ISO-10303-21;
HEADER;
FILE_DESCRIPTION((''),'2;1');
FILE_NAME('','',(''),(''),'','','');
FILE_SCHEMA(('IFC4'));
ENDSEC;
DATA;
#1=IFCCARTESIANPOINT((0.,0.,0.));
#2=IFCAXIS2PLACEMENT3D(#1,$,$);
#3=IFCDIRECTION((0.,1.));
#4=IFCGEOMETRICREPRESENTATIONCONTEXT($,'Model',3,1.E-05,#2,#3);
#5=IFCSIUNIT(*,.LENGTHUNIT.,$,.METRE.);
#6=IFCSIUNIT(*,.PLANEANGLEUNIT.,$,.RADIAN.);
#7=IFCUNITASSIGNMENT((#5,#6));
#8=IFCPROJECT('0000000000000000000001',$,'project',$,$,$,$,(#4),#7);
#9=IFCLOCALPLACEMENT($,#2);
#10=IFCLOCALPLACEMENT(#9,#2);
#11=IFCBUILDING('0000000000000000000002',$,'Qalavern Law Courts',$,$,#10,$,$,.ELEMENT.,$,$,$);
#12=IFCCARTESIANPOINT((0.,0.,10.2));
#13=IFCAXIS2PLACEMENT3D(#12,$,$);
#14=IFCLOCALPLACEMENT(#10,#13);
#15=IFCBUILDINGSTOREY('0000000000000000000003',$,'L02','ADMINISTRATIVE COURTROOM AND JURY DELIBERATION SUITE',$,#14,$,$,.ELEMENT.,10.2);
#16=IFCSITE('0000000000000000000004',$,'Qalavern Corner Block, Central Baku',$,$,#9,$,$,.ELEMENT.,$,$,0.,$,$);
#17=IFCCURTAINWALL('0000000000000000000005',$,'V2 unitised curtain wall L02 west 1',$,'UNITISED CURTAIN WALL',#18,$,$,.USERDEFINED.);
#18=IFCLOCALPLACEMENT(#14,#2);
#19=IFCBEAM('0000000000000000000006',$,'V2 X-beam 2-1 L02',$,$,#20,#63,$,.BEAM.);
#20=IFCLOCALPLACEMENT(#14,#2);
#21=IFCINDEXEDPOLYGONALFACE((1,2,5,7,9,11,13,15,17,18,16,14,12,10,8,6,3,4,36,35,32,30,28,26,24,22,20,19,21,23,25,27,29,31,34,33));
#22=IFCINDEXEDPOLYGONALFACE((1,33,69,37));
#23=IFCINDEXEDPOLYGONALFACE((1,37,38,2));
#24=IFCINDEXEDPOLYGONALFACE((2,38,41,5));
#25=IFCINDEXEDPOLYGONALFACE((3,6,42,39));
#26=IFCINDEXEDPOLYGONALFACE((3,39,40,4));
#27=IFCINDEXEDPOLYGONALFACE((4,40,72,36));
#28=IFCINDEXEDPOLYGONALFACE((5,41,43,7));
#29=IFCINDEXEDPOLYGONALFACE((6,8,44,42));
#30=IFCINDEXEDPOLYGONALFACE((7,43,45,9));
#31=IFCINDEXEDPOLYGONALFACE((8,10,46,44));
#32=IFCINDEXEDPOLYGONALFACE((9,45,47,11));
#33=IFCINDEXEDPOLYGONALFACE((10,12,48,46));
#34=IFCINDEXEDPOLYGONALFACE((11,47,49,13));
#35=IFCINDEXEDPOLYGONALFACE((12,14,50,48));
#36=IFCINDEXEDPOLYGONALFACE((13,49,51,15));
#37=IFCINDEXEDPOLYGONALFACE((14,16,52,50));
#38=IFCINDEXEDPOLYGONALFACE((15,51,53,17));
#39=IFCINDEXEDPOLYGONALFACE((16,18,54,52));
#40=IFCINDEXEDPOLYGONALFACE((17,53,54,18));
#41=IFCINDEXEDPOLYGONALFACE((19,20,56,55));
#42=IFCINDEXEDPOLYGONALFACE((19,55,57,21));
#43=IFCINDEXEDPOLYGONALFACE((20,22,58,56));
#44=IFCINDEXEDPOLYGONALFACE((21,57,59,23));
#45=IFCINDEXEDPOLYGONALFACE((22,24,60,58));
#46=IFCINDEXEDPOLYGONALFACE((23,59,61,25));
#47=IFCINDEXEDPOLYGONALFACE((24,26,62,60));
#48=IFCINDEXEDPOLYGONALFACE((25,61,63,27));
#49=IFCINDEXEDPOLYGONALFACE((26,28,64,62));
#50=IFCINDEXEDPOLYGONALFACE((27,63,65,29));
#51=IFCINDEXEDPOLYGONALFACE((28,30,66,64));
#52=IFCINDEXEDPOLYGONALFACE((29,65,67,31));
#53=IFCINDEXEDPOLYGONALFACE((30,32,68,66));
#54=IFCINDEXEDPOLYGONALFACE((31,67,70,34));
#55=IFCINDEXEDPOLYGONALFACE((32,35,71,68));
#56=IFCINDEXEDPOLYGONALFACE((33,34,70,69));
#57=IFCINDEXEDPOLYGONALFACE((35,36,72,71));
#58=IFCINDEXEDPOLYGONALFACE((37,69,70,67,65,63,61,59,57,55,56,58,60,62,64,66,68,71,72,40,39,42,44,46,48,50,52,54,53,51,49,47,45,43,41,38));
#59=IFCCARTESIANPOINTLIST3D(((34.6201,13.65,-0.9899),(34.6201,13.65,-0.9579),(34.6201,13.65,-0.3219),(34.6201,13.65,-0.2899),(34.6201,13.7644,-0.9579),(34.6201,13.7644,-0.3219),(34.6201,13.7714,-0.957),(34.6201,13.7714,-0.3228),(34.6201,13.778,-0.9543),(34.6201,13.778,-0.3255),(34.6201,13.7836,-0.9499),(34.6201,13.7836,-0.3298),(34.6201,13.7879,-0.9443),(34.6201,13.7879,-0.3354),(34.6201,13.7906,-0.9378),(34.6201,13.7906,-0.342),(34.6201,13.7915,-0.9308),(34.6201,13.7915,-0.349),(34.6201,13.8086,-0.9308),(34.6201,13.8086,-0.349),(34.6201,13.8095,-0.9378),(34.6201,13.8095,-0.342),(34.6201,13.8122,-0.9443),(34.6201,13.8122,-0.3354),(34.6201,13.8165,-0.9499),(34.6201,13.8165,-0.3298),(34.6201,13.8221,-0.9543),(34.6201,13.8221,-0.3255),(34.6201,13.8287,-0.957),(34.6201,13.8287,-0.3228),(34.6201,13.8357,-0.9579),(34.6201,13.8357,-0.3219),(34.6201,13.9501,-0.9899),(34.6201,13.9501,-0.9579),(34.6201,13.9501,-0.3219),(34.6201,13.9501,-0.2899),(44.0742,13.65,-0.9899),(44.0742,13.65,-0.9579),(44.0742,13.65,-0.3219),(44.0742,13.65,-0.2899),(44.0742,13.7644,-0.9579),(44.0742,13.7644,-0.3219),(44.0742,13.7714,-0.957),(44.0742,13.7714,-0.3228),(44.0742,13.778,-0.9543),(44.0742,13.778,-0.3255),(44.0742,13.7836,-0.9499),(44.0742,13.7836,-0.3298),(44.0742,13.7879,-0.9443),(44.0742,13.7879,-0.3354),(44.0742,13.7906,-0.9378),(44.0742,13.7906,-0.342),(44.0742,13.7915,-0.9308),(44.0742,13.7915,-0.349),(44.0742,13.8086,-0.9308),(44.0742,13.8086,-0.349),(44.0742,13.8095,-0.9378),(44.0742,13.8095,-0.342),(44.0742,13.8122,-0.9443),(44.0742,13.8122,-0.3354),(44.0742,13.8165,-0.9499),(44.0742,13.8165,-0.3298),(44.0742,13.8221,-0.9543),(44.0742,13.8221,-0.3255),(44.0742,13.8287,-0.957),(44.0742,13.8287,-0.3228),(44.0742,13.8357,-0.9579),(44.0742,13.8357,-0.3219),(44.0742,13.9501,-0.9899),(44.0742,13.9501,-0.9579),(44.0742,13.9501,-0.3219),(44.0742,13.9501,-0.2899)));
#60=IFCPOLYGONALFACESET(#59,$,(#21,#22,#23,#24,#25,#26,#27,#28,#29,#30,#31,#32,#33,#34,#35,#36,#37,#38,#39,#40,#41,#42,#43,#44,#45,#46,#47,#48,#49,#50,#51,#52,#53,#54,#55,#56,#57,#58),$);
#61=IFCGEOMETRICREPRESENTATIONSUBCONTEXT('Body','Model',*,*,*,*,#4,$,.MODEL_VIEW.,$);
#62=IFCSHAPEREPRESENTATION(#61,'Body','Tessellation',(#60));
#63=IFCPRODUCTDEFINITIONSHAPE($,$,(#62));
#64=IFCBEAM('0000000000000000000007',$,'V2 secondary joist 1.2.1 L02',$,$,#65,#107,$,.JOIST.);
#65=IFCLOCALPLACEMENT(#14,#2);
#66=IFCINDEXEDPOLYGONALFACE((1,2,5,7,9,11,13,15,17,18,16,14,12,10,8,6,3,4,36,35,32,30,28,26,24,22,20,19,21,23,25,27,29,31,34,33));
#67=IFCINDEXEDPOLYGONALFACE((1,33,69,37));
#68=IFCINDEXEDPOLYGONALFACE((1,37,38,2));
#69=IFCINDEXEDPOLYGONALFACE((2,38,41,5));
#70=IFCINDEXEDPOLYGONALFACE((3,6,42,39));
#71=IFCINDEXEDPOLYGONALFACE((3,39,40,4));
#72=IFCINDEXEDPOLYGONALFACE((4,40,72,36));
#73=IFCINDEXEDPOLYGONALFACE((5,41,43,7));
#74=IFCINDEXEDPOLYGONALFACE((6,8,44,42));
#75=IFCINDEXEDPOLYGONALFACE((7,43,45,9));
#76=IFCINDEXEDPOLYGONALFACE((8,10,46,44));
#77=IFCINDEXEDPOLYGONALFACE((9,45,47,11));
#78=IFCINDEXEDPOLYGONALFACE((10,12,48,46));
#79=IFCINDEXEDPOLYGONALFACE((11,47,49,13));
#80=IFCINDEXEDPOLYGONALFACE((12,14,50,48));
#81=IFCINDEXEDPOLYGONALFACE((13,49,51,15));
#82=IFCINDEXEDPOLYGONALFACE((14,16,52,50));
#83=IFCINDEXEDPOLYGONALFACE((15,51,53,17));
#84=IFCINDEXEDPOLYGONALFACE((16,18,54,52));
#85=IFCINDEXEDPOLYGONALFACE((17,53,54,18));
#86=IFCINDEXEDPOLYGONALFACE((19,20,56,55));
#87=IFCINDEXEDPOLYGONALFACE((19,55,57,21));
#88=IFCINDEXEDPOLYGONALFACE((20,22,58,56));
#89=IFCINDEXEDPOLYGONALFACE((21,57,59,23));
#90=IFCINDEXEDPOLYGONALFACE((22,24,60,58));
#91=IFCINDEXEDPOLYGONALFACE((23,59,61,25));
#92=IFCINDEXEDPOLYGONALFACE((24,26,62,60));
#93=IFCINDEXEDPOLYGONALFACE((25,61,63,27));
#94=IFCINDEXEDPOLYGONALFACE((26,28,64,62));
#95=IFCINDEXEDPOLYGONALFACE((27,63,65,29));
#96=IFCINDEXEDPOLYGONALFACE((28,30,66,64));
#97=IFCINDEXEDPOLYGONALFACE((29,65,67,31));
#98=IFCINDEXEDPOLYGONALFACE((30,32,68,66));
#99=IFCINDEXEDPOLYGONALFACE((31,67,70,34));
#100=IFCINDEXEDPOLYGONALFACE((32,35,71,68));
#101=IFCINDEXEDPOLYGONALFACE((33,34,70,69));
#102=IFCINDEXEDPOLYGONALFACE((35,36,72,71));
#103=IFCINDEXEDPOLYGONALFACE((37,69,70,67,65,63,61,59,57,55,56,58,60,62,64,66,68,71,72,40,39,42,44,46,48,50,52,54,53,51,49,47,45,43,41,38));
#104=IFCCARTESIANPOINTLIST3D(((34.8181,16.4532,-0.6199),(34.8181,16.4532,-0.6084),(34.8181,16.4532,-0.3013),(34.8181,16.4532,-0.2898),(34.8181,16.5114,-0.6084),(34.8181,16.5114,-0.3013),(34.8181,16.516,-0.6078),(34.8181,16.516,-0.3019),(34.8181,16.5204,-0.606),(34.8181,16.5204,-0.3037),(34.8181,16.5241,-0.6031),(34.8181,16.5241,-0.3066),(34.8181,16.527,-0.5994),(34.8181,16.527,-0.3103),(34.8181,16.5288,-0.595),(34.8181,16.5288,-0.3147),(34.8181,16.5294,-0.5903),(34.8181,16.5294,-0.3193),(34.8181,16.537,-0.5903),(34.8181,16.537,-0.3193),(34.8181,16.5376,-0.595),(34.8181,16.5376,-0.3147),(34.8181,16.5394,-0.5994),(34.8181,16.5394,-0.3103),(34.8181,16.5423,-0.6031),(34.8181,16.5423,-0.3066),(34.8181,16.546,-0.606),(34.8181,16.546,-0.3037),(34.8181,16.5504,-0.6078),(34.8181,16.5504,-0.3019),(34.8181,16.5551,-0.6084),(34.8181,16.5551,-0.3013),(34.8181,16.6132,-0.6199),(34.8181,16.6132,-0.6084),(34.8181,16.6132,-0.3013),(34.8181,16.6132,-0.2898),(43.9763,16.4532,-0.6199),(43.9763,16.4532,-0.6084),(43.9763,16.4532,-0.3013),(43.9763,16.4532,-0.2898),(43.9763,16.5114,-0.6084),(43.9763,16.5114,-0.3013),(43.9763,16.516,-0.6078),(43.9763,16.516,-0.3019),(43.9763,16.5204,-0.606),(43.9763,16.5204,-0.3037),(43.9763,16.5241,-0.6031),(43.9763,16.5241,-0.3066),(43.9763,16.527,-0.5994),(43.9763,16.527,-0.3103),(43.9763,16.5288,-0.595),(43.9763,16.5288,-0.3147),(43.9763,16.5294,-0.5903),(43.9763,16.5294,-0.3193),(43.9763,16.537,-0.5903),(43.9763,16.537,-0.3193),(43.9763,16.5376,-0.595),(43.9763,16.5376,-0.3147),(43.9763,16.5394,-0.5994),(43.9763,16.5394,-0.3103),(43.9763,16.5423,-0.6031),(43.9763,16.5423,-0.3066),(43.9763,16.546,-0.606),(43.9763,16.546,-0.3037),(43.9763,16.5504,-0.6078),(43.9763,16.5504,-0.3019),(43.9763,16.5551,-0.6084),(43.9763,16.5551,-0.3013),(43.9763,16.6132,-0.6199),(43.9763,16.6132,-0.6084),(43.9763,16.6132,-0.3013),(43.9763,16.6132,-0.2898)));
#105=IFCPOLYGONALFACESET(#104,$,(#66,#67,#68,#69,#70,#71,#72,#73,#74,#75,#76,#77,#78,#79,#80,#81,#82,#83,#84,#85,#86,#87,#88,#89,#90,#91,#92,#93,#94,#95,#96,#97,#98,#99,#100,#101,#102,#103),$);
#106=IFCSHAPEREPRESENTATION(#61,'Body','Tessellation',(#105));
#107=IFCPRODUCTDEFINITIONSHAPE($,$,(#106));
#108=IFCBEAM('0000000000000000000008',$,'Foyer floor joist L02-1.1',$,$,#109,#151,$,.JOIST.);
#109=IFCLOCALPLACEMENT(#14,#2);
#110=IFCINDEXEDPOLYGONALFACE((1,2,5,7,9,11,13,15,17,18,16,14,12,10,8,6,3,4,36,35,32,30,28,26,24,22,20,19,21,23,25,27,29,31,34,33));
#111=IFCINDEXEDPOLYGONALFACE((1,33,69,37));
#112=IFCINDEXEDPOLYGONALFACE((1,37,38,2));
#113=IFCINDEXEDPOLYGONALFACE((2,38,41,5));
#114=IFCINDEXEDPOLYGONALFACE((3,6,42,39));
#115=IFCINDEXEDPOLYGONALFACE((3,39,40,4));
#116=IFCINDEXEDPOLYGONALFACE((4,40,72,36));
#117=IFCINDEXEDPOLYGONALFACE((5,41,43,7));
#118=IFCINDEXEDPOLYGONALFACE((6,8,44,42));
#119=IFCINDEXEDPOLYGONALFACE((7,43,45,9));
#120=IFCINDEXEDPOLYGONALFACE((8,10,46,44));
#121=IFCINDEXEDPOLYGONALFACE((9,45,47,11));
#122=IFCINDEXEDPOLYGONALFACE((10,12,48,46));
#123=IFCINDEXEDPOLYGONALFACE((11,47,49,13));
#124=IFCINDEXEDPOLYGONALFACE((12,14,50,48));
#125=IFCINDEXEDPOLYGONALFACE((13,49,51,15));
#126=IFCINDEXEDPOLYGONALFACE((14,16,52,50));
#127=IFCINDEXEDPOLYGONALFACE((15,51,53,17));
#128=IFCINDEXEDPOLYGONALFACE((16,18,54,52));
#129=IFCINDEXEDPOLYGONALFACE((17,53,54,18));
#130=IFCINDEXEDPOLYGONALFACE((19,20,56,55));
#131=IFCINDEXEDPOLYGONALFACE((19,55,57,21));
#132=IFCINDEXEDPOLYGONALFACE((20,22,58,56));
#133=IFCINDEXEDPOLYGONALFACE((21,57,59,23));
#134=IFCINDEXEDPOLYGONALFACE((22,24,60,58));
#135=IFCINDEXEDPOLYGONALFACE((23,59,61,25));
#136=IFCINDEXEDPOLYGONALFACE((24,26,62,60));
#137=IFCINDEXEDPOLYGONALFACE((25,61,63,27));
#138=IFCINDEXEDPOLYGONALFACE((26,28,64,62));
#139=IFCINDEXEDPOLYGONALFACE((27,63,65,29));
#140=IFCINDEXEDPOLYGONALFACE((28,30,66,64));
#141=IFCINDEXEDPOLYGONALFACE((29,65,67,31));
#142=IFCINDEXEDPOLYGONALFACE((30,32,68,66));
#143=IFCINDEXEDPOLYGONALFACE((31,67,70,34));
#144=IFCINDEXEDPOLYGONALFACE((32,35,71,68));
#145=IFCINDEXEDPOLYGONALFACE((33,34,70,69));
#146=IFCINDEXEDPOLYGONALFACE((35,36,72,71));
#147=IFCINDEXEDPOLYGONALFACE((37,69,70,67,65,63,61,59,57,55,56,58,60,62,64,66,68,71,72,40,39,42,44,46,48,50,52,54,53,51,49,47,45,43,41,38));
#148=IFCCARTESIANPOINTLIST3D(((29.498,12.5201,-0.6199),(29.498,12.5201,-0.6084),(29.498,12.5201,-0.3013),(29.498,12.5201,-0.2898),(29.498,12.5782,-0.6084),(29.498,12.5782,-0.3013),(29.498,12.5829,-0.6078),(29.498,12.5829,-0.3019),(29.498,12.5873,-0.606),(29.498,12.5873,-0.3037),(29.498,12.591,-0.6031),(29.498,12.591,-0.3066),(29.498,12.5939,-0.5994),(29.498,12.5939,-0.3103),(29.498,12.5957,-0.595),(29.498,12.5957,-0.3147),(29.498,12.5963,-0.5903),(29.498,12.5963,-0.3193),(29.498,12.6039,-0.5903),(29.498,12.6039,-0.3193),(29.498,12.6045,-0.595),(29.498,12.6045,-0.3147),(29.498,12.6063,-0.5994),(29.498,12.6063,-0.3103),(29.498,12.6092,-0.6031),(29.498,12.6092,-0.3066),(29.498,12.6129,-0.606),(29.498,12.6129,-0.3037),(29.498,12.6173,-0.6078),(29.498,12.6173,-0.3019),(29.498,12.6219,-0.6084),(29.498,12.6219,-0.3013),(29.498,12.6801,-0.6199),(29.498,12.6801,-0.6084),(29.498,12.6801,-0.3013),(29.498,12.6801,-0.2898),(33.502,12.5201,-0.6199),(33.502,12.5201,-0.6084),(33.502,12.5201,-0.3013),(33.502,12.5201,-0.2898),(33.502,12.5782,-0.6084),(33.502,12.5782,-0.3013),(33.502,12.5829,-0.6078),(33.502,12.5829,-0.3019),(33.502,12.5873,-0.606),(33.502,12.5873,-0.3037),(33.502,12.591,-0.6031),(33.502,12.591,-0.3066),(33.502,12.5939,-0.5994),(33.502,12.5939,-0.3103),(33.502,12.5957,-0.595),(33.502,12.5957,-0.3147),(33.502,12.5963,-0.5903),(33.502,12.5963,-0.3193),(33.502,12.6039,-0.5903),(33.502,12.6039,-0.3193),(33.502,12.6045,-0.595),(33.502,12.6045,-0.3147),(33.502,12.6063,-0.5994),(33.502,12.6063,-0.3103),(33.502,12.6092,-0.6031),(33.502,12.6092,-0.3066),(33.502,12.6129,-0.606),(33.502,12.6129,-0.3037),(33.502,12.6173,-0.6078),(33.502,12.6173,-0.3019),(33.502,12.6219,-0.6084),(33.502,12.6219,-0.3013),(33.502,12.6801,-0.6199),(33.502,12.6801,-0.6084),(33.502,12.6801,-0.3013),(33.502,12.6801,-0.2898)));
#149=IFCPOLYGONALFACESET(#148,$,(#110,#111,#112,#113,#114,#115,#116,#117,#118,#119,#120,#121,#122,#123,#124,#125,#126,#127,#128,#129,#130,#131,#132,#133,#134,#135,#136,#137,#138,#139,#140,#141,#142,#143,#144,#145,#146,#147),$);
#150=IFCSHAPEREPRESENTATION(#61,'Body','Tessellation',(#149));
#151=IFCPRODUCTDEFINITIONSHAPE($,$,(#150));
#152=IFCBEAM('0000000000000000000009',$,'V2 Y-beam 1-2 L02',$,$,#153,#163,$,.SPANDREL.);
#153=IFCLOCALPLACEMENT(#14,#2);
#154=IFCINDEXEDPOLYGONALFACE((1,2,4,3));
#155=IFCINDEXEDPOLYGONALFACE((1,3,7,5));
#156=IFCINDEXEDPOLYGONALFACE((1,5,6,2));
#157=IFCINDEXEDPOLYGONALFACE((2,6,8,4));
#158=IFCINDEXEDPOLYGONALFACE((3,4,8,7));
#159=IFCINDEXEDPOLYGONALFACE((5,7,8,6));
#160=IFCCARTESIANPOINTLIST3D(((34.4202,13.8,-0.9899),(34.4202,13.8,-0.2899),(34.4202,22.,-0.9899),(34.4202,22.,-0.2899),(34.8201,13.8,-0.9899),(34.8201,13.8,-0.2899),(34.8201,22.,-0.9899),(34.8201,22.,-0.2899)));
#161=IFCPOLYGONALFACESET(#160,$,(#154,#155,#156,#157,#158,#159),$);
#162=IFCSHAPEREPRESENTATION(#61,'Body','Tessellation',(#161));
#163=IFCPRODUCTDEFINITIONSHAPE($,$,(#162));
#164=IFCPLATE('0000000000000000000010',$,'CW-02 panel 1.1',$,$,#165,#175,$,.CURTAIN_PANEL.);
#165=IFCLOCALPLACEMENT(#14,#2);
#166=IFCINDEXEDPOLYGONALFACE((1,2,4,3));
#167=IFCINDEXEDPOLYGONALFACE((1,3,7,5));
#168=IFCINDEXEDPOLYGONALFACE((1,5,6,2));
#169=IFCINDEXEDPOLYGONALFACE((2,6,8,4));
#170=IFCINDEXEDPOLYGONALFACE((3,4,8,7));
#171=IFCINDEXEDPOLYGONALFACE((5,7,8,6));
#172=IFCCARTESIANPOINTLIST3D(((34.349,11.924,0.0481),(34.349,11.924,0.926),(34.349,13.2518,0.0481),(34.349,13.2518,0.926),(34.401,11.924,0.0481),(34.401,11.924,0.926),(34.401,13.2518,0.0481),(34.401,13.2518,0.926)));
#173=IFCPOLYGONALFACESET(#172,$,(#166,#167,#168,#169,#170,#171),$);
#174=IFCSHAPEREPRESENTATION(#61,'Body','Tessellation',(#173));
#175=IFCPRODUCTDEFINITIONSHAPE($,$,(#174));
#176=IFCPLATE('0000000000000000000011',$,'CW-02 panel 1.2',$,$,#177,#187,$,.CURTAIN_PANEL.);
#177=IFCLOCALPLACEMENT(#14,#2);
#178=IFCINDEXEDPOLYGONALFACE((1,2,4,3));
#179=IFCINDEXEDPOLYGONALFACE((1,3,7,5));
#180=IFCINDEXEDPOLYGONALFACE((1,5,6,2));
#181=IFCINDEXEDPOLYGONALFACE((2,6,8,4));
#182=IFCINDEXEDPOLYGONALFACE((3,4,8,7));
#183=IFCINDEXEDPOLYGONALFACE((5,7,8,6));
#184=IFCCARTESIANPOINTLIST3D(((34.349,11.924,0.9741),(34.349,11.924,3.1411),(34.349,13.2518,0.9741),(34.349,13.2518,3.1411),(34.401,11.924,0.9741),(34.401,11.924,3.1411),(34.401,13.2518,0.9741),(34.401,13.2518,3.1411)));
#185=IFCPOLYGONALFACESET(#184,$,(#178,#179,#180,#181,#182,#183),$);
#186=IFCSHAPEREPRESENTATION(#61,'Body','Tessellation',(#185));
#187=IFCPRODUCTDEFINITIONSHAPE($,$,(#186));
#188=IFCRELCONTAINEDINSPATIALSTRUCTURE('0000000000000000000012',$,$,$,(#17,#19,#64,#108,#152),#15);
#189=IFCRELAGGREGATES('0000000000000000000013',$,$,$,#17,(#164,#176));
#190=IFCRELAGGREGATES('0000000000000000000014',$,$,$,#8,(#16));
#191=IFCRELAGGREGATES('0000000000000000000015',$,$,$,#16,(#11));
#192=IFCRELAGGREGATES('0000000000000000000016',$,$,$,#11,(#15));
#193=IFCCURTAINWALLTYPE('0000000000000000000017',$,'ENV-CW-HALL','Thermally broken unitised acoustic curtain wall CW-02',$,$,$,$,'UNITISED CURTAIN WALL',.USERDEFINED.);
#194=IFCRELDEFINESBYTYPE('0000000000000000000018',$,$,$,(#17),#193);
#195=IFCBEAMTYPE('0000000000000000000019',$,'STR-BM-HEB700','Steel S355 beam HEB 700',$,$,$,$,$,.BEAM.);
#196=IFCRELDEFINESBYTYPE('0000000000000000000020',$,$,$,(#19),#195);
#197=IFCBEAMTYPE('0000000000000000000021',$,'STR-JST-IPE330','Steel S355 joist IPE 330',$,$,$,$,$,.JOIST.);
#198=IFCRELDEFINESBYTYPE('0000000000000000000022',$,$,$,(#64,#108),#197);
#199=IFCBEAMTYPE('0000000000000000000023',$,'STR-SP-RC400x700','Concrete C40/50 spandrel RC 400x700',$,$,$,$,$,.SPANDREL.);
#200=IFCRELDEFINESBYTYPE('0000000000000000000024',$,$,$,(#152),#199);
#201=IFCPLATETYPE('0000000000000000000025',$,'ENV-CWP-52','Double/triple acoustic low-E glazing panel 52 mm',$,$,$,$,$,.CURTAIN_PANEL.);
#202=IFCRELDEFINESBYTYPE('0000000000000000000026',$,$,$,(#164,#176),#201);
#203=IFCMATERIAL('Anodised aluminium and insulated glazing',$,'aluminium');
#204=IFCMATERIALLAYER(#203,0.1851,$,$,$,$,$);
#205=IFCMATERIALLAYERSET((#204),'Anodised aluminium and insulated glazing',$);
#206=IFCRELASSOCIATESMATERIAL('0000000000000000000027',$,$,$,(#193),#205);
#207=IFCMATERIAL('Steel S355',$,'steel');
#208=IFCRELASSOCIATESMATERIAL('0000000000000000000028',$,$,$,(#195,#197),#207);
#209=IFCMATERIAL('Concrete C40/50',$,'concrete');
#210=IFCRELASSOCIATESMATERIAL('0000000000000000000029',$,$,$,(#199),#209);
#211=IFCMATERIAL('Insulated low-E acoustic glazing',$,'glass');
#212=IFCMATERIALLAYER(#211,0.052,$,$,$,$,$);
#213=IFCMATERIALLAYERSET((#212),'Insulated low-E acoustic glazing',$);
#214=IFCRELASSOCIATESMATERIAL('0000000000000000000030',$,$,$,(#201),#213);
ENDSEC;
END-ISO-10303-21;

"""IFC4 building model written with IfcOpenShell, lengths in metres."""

from ifc_helpers import new_model, si_unit, direction, frame, origin, origin_2d, place, context, subcontext, project, spatial, rectangle, i_section, extrude, material, layer, layer_set, material_profile, profile_set, type_object, element, aggregate, save


model = new_model("IFC4")

# Units and contexts
model_context = context("Model", 3, precision=1e-05, world=origin(), true_north=direction((0.0, 1.0)))
body_context = subcontext(model_context, "Body", "Model", "MODEL_VIEW")
ifc_project = project(units=[si_unit("LENGTHUNIT", "METRE"), si_unit("PLANEANGLEUNIT", "RADIAN")], contexts=[model_context])

# Site, building, storey
site_placement = place(None, origin())
site = spatial("IfcSite", under=ifc_project, at=site_placement, Name="Qalavern Corner Block, Central Baku", CompositionType="ELEMENT", RefElevation=0.0)
building_placement = place(site_placement, origin())
building = spatial("IfcBuilding", under=site, at=building_placement, Name="Qalavern Law Courts", CompositionType="ELEMENT")
storey_placement = place(building_placement, frame((0.0, 0.0, 10.2)))
storey = spatial("IfcBuildingStorey", under=building, at=storey_placement, Name="L02", Description="ADMINISTRATIVE COURTROOM AND JURY DELIBERATION SUITE", CompositionType="ELEMENT", Elevation=10.2)

# Curtain wall
ifc_material_1 = material(Name="Anodised aluminium and insulated glazing", Category="aluminium")
ifc_layer_1 = layer(ifc_material_1, 0.1851)
ifc_layer_set_1 = layer_set([ifc_layer_1], Name="Anodised aluminium and insulated glazing")
curtain_wall_type = type_object("IfcCurtainWallType", Name="ENV-CW-HALL", Description="Thermally broken unitised acoustic curtain wall CW-02", ElementType="UNITISED CURTAIN WALL", PredefinedType="USERDEFINED", material=ifc_layer_set_1)
curtain_wall_placement = place(storey_placement, origin())
curtain_wall = element("IfcCurtainWall", 1, at=curtain_wall_placement, inside=storey, type_object=curtain_wall_type, Name="V2 unitised curtain wall L02 west 1", ObjectType="UNITISED CURTAIN WALL", PredefinedType="USERDEFINED")

# Beams
ifc_material_2 = material(Name="Steel S355", Category="steel")
ifc_material_profile_1 = material_profile(ifc_material_2, i_section(OverallWidth=0.3, OverallDepth=0.7, WebThickness=0.0171, FlangeThickness=0.032, FilletRadius=0.0271, at=origin_2d()), Name="HEB 700")
ifc_profile_set_1 = profile_set([ifc_material_profile_1], Name="Steel S355")
beam_type_1 = type_object("IfcBeamType", Name="STR-BM-HEB700", Description="Steel S355 beam HEB 700", PredefinedType="BEAM", material=ifc_profile_set_1)
beam_1_placement = place(storey_placement, frame((34.6201, 13.8, -0.6399), z_axis=(1.0, 0.0, 0.0), x_axis=(0.0, 1.0, 0.0)))
element("IfcBeam", 2, at=beam_1_placement, inside=storey, type_object=beam_type_1, Name="V2 X-beam 2-1 L02", PredefinedType="BEAM", context=body_context, shape_type="SweptSolid", body=[
    extrude(i_section(OverallWidth=0.3, OverallDepth=0.7, WebThickness=0.0171, FlangeThickness=0.032, FilletRadius=0.0271, at=origin_2d()), origin(), (0.0, 0.0, 1.0), 9.4541),
])
ifc_material_profile_2 = material_profile(ifc_material_2, i_section(OverallWidth=0.1599, OverallDepth=0.3301, WebThickness=0.0076, FlangeThickness=0.0115, FilletRadius=0.0181, at=origin_2d()), Name="IPE 330")
ifc_profile_set_2 = profile_set([ifc_material_profile_2], Name="Steel S355")
beam_type_2 = type_object("IfcBeamType", Name="STR-JST-IPE330", Description="Steel S355 joist IPE 330", PredefinedType="JOIST", material=ifc_profile_set_2)
beam_2_placement = place(storey_placement, frame((34.8181, 16.5332, -0.4548), z_axis=(1.0, 0.0, 0.0), x_axis=(0.0, 1.0, 0.0)))
element("IfcBeam", 3, at=beam_2_placement, inside=storey, type_object=beam_type_2, Name="V2 secondary joist 1.2.1 L02", PredefinedType="JOIST", context=body_context, shape_type="SweptSolid", body=[
    extrude(i_section(OverallWidth=0.1599, OverallDepth=0.3301, WebThickness=0.0076, FlangeThickness=0.0115, FilletRadius=0.0181, at=origin_2d()), origin(), (0.0, 0.0, 1.0), 9.1582),
])
beam_3_placement = place(storey_placement, frame((29.498, 12.6001, -0.4548), z_axis=(1.0, 0.0, 0.0), x_axis=(0.0, 1.0, 0.0)))
element("IfcBeam", 4, at=beam_3_placement, inside=storey, type_object=beam_type_2, Name="Foyer floor joist L02-1.1", PredefinedType="JOIST", context=body_context, shape_type="SweptSolid", body=[
    extrude(i_section(OverallWidth=0.1599, OverallDepth=0.3301, WebThickness=0.0076, FlangeThickness=0.0115, FilletRadius=0.0181, at=origin_2d()), origin(), (0.0, 0.0, 1.0), 4.0039),
])
ifc_material_3 = material(Name="Concrete C40/50", Category="concrete")
ifc_material_profile_3 = material_profile(ifc_material_3, rectangle(XDim=0.3999, YDim=0.7, at=origin_2d()), Name="RC 400x700")
ifc_profile_set_3 = profile_set([ifc_material_profile_3], Name="Concrete C40/50")
beam_type_3 = type_object("IfcBeamType", Name="STR-SP-RC400x700", Description="Concrete C40/50 spandrel RC 400x700", PredefinedType="SPANDREL", material=ifc_profile_set_3)
beam_4_placement = place(storey_placement, frame((34.6201, 13.8, -0.6399), z_axis=(0.0, 1.0, 0.0), x_axis=(-1.0, 0.0, 0.0)))
element("IfcBeam", 5, at=beam_4_placement, inside=storey, type_object=beam_type_3, Name="V2 Y-beam 1-2 L02", PredefinedType="SPANDREL", context=body_context, shape_type="SweptSolid", body=[
    extrude(rectangle(XDim=0.3999, YDim=0.7, at=origin_2d()), origin(), (0.0, 0.0, 1.0), 8.2),
])

# Plates
ifc_material_4 = material(Name="Insulated low-E acoustic glazing", Category="glass")
ifc_layer_2 = layer(ifc_material_4, 0.052)
ifc_layer_set_2 = layer_set([ifc_layer_2], Name="Insulated low-E acoustic glazing")
plate_type = type_object("IfcPlateType", Name="ENV-CWP-52", Description="Double/triple acoustic low-E glazing panel 52 mm", PredefinedType="CURTAIN_PANEL", material=ifc_layer_set_2)
plate_1_placement = place(storey_placement, frame((34.375, 12.5879, 0.0481), z_axis=(0.0, 0.0, 1.0), x_axis=(0.0, -1.0, 0.0)))
plate_1 = element("IfcPlate", 6, at=plate_1_placement, type_object=plate_type, Name="CW-02 panel 1.1", PredefinedType="CURTAIN_PANEL", context=body_context, shape_type="SweptSolid", body=[
    extrude(rectangle(XDim=1.3279, YDim=0.052, at=origin_2d()), origin(), (0.0, 0.0, 1.0), 0.8779),
])
plate_2_placement = place(storey_placement, frame((34.375, 12.5879, 0.9741), z_axis=(0.0, 0.0, 1.0), x_axis=(0.0, -1.0, 0.0)))
plate_2 = element("IfcPlate", 7, at=plate_2_placement, type_object=plate_type, Name="CW-02 panel 1.2", PredefinedType="CURTAIN_PANEL", context=body_context, shape_type="SweptSolid", body=[
    extrude(rectangle(XDim=1.3279, YDim=0.052, at=origin_2d()), origin(), (0.0, 0.0, 1.0), 2.167),
])
aggregate(curtain_wall, [plate_1, plate_2])

save(model, "model.ifc")
